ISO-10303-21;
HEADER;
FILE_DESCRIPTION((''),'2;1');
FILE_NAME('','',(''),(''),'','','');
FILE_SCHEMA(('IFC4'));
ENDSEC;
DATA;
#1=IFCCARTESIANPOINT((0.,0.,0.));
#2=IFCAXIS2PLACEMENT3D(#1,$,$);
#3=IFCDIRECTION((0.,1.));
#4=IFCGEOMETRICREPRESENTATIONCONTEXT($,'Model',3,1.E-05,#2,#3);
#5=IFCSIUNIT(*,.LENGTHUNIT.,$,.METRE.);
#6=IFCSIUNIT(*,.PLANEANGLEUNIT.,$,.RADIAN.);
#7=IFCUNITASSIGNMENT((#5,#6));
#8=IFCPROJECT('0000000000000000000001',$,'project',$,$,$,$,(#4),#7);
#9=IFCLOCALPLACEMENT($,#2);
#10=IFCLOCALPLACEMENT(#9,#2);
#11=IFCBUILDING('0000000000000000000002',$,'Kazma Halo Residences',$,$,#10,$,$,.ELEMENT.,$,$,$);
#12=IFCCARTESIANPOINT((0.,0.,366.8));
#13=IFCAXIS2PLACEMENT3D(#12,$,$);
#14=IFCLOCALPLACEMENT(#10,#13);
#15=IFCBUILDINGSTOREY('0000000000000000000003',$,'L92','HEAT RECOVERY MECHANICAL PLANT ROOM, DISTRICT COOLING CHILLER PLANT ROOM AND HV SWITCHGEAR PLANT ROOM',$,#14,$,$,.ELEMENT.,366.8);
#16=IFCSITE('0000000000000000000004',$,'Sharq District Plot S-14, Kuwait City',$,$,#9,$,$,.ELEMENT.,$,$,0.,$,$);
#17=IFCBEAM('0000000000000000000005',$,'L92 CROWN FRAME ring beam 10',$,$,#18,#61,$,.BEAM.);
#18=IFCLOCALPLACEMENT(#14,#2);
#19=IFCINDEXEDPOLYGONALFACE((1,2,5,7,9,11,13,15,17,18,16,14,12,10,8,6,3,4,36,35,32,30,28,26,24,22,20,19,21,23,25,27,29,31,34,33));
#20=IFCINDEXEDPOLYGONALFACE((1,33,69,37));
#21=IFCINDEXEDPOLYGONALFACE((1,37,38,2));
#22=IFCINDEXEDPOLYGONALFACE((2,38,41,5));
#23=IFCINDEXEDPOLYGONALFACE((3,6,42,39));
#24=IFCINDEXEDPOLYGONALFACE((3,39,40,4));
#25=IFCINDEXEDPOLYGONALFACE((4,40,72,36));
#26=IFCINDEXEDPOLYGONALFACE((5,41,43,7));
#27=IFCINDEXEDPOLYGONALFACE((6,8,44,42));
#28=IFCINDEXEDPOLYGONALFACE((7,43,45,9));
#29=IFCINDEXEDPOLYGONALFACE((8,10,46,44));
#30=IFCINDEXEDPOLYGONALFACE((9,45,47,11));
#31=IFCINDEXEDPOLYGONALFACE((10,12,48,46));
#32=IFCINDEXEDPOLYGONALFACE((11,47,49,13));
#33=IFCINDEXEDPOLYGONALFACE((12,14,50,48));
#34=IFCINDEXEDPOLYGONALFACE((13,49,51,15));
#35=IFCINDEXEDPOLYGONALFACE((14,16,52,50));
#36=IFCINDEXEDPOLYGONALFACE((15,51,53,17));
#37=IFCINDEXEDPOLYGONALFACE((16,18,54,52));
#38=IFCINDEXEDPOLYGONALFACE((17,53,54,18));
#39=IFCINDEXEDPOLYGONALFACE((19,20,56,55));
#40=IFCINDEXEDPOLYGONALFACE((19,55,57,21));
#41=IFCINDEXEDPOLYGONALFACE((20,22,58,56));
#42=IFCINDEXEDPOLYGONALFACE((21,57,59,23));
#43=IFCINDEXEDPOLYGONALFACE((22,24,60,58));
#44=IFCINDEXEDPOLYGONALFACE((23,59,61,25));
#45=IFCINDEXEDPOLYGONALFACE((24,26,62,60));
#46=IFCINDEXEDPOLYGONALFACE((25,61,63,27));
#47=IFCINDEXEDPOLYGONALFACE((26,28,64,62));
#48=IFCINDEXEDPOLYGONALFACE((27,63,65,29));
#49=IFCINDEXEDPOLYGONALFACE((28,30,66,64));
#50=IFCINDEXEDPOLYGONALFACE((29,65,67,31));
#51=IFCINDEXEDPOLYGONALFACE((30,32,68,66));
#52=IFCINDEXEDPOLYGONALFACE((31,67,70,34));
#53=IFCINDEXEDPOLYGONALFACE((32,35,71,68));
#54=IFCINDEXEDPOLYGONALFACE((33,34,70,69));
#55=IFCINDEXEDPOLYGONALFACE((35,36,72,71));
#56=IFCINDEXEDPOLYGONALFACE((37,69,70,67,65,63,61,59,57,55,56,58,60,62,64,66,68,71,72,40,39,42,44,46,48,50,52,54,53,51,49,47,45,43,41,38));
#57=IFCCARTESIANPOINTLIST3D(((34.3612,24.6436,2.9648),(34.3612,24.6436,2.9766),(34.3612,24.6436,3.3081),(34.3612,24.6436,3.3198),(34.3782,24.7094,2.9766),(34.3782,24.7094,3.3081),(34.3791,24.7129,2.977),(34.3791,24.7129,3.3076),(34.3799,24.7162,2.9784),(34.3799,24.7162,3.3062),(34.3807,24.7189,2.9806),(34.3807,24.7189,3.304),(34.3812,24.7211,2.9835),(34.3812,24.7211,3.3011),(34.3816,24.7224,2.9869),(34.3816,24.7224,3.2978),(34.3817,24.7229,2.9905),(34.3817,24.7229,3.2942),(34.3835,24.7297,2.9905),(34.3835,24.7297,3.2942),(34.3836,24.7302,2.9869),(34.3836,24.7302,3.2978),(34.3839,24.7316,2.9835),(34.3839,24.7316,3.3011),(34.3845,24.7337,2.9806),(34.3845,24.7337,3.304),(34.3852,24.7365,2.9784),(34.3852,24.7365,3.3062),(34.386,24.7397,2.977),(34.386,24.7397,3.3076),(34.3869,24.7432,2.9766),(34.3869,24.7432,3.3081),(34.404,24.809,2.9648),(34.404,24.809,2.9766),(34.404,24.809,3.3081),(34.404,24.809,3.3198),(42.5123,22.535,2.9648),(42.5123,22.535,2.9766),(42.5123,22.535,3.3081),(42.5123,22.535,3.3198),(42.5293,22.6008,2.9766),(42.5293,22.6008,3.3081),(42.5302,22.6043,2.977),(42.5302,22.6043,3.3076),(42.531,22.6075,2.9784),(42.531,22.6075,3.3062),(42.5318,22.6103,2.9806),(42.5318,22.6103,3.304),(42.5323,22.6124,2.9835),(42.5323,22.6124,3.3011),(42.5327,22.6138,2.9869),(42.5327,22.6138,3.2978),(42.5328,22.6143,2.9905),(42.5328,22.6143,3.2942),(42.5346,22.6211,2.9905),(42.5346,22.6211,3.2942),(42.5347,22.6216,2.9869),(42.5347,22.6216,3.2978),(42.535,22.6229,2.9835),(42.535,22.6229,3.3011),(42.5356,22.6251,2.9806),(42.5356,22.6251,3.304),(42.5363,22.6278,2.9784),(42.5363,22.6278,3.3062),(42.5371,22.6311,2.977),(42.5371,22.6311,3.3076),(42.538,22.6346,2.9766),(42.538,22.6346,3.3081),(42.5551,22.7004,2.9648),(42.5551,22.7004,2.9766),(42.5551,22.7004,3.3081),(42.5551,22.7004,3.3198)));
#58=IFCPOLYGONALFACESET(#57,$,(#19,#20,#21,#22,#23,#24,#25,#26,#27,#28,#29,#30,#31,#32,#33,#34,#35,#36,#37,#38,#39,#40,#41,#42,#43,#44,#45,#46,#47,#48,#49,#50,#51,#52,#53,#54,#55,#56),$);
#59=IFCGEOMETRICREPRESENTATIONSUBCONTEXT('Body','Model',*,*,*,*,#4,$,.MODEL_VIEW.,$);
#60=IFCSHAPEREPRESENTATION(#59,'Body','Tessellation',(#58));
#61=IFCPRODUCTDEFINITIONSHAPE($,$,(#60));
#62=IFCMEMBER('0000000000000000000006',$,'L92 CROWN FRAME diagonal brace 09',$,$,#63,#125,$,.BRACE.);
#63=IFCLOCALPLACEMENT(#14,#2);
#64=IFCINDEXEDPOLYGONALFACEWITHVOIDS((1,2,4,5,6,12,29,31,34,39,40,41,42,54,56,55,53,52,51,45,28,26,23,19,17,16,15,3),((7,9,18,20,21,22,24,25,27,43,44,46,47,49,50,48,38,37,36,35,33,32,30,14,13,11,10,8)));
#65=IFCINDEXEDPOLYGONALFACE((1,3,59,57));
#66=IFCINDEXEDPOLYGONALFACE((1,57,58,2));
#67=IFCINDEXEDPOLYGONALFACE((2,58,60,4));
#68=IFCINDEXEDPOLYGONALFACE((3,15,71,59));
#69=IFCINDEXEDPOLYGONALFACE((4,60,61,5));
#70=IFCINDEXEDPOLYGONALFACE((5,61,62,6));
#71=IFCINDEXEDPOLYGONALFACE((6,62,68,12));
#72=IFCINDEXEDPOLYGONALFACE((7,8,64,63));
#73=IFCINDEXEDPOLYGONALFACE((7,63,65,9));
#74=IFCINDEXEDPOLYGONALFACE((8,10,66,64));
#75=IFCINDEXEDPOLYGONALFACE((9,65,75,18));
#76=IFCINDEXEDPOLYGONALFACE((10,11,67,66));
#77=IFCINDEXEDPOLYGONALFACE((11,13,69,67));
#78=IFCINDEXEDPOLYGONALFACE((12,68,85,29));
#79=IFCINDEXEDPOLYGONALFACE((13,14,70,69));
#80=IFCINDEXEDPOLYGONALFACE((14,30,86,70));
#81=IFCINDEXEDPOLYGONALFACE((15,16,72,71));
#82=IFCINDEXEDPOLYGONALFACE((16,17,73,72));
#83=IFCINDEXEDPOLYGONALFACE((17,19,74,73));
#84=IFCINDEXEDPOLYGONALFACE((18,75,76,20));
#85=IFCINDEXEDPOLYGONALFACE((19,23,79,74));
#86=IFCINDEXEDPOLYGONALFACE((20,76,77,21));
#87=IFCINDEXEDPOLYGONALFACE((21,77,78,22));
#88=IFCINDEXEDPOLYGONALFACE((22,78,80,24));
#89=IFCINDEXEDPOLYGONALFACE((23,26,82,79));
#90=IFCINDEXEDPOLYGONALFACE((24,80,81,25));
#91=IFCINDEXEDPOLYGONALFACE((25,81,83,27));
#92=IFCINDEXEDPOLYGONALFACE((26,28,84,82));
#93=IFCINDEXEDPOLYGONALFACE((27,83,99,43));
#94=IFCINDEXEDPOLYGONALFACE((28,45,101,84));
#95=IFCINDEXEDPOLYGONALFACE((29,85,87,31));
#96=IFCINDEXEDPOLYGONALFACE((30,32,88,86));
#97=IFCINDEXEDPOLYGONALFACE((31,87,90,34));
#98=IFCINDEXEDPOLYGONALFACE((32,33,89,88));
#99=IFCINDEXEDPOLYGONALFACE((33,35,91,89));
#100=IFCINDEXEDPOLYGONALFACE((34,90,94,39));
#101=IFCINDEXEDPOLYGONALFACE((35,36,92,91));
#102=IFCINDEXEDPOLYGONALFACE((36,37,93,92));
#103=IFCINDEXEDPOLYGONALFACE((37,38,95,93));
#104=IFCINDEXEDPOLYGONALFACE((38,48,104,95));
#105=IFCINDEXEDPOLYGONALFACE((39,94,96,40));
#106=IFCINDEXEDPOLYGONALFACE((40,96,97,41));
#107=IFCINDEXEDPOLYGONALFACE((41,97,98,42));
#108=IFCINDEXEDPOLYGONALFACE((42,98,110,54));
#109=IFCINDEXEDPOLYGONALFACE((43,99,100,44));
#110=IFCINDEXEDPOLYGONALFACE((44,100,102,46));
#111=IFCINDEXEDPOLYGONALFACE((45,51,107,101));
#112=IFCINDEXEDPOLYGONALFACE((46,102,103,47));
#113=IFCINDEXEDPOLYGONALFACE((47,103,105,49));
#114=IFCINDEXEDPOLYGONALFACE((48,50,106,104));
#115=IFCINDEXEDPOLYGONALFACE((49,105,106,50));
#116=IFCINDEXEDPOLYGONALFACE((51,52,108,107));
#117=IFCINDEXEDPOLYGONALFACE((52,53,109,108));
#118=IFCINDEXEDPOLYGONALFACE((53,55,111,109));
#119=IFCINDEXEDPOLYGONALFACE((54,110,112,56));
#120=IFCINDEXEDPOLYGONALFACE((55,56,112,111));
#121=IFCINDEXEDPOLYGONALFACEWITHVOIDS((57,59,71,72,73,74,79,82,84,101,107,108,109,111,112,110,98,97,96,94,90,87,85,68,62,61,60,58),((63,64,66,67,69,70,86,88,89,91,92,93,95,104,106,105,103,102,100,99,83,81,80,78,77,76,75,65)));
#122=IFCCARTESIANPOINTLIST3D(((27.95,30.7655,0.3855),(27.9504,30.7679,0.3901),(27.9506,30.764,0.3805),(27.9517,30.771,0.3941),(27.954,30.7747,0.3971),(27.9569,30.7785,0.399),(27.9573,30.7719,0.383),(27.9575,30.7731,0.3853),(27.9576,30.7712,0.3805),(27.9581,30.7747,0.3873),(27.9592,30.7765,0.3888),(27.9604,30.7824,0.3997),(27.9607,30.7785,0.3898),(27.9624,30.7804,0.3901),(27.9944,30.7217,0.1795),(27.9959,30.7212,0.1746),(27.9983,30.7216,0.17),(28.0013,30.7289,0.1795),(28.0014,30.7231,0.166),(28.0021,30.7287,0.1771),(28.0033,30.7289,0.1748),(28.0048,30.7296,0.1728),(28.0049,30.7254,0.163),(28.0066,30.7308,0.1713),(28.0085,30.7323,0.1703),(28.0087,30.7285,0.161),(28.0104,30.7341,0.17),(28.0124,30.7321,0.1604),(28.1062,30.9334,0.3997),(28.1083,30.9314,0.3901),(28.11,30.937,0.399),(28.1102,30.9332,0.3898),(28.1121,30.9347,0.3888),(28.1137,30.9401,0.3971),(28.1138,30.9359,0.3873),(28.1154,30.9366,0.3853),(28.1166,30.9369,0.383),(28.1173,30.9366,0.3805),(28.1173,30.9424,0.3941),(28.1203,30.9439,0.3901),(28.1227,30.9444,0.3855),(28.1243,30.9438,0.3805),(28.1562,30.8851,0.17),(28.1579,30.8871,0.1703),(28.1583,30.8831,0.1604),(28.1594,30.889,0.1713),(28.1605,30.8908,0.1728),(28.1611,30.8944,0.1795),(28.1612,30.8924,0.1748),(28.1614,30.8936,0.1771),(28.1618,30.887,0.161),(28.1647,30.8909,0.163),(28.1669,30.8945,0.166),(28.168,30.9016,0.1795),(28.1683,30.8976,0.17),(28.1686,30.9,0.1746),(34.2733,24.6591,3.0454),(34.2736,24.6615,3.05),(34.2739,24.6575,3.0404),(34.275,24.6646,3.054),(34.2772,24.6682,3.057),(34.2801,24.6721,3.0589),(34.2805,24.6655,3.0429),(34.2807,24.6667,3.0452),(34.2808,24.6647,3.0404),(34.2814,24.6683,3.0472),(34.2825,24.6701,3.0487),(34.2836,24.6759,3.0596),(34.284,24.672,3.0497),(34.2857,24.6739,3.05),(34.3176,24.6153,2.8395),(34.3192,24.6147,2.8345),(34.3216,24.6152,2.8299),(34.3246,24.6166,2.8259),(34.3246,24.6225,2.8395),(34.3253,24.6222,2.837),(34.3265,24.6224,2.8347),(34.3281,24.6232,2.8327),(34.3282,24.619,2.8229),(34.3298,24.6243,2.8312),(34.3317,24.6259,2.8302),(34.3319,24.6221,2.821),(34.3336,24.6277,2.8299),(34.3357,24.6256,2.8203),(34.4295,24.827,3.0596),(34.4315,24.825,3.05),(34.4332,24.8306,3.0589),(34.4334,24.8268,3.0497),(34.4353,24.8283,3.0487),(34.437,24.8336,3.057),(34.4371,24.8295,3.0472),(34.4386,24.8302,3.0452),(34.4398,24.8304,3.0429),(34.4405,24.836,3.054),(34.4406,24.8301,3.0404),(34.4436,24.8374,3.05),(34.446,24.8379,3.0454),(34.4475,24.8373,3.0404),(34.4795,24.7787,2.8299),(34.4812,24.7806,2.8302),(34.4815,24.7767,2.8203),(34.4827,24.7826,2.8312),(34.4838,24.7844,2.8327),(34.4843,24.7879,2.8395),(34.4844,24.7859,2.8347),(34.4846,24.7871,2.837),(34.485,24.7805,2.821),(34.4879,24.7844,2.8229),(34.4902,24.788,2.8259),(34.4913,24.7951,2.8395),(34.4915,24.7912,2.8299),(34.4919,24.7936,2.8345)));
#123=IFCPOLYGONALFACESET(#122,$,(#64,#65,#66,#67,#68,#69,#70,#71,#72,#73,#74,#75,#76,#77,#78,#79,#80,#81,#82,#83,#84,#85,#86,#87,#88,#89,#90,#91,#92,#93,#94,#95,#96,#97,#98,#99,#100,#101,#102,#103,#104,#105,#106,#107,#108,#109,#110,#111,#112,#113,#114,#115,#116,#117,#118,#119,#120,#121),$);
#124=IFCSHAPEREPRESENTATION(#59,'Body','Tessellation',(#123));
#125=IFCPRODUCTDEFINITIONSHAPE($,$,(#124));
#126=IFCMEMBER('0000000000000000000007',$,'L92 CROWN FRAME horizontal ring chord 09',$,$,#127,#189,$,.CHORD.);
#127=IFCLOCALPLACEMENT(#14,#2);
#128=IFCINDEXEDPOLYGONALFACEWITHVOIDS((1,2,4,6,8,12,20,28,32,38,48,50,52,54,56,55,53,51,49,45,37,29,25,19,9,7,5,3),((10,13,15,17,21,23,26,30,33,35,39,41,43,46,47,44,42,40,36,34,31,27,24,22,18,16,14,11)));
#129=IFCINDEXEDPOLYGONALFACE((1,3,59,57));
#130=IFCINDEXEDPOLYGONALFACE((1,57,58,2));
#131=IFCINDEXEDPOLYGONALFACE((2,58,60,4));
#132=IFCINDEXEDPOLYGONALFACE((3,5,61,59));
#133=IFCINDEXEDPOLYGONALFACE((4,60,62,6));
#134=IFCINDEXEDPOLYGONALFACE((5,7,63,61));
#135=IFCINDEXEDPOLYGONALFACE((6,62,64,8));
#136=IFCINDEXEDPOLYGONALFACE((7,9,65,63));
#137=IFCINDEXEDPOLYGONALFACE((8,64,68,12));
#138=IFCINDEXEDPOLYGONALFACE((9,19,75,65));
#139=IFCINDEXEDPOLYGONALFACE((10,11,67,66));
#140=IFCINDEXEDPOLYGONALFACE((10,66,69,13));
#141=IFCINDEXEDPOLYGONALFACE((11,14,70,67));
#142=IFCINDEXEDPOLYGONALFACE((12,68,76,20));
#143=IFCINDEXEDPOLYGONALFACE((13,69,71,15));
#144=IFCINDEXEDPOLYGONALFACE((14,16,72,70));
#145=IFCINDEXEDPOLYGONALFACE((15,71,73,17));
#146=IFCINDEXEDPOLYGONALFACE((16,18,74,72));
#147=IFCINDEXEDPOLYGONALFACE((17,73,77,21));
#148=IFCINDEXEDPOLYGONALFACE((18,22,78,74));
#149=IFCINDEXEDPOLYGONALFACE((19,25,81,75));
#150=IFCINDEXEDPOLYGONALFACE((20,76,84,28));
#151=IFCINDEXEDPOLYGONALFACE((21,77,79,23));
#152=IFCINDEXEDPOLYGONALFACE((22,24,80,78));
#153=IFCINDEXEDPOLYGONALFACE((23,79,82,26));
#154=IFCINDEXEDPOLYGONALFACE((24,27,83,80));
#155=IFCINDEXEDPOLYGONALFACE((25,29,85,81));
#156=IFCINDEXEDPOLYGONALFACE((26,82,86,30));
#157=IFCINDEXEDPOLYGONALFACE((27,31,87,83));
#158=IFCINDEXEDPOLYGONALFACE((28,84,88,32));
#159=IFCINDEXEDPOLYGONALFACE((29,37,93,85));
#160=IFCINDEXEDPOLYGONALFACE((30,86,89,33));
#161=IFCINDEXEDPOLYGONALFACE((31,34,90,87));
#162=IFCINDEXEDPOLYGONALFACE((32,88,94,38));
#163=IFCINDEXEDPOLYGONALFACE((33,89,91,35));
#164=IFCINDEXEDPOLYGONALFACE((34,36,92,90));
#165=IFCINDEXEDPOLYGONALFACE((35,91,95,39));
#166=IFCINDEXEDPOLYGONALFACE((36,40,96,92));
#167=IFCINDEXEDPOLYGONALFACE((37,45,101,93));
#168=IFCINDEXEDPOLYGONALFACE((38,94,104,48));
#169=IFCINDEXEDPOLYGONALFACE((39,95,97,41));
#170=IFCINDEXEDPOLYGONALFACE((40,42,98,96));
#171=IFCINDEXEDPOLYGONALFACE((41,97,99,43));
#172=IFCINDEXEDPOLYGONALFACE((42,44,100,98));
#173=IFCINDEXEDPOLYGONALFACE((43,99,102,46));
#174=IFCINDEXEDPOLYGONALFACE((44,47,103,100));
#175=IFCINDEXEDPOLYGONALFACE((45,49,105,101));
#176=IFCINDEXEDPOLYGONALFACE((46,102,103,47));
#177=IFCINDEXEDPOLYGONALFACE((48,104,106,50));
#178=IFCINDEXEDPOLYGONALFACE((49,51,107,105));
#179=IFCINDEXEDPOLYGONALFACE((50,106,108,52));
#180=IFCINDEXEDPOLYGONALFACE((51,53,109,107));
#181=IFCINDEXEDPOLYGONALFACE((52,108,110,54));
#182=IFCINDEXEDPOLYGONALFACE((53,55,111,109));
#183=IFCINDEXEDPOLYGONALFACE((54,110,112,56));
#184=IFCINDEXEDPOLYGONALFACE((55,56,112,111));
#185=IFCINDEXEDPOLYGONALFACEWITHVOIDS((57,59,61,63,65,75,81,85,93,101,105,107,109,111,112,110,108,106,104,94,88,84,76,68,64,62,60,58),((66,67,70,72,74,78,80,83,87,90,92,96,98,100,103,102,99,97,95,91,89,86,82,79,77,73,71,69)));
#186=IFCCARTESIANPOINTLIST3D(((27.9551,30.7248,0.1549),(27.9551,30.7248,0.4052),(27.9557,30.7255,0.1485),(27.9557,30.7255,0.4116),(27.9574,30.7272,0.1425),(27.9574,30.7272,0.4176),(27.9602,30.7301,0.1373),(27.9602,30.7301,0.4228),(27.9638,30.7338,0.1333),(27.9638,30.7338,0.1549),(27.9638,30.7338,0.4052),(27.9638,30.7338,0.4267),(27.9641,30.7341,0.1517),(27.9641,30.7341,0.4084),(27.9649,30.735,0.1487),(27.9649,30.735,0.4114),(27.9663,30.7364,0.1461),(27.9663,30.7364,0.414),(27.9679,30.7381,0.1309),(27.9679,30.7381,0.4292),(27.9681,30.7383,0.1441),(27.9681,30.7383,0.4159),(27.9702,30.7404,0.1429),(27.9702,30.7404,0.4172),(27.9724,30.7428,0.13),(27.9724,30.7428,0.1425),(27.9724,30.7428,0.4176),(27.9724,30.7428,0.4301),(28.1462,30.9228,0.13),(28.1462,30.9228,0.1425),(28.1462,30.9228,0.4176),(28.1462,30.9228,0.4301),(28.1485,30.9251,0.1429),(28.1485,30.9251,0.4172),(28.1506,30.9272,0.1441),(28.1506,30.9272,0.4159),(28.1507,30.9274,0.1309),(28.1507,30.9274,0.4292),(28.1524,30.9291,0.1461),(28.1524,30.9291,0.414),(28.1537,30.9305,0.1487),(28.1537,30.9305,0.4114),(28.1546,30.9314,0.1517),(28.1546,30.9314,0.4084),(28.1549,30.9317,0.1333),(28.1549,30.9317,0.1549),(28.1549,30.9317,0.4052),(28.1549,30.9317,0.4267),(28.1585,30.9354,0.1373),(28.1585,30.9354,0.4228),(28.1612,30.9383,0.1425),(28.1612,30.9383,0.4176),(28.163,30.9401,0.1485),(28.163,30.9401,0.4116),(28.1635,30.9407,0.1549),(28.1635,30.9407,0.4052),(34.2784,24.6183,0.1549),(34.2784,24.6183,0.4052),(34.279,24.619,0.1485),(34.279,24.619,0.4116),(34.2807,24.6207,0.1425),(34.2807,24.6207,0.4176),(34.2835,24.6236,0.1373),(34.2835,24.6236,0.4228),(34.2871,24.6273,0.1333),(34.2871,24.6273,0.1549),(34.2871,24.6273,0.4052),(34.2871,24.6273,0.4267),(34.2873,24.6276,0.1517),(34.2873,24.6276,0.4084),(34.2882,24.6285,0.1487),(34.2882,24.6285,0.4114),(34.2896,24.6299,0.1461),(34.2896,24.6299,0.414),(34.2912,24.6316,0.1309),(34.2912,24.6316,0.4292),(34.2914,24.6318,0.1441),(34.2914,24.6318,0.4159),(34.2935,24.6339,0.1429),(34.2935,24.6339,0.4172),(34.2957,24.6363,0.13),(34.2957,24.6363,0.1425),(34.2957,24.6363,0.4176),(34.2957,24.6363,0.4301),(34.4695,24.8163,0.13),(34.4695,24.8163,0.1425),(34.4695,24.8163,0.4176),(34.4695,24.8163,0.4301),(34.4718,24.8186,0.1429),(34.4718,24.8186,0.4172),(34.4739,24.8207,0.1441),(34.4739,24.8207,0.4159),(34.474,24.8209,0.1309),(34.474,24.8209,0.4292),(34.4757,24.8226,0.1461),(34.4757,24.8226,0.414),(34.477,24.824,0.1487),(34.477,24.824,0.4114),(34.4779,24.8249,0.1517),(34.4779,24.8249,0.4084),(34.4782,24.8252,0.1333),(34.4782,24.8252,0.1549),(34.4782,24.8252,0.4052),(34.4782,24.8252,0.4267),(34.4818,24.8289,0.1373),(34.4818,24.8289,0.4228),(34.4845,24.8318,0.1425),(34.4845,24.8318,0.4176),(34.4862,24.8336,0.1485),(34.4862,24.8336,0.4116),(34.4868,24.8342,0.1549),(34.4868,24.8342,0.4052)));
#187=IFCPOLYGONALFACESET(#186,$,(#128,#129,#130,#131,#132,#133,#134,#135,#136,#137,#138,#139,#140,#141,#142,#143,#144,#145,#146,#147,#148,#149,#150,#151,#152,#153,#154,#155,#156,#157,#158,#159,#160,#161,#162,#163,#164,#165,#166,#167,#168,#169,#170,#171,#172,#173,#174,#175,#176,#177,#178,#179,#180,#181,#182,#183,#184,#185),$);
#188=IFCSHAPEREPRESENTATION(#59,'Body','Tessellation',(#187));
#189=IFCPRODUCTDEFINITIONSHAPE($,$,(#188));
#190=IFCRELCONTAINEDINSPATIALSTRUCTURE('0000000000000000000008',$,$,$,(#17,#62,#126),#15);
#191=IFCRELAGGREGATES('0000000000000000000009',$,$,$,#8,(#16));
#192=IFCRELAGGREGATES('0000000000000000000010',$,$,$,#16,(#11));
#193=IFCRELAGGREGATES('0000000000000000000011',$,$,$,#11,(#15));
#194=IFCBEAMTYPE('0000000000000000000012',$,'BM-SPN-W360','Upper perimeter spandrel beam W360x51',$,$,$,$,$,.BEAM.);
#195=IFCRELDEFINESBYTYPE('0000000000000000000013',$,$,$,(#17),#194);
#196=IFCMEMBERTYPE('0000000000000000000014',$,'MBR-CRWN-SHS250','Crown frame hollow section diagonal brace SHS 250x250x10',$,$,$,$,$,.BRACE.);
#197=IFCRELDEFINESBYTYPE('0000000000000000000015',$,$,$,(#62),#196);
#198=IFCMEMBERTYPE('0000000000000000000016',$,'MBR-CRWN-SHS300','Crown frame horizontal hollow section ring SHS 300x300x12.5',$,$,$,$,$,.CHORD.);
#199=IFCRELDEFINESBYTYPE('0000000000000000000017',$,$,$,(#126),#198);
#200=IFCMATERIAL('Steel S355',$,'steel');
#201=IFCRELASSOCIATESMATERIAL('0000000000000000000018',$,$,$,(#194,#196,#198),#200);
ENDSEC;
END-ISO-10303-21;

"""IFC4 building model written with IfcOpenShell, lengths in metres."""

from ifc_helpers import new_model, si_unit, direction, frame, origin, origin_2d, place, context, subcontext, project, spatial, hollow_rectangle, i_section, extrude, material, material_profile, profile_set, type_object, element, save


model = new_model("IFC4")

# Units and contexts
model_context = context("Model", 3, precision=1e-05, world=origin(), true_north=direction((0.0, 1.0)))
body_context = subcontext(model_context, "Body", "Model", "MODEL_VIEW")
ifc_project = project(units=[si_unit("LENGTHUNIT", "METRE"), si_unit("PLANEANGLEUNIT", "RADIAN")], contexts=[model_context])

# Site, building, storey
site_placement = place(None, origin())
site = spatial("IfcSite", under=ifc_project, at=site_placement, Name="Sharq District Plot S-14, Kuwait City", CompositionType="ELEMENT", RefElevation=0.0)
building_placement = place(site_placement, origin())
building = spatial("IfcBuilding", under=site, at=building_placement, Name="Kazma Halo Residences", CompositionType="ELEMENT")
storey_placement = place(building_placement, frame((0.0, 0.0, 366.8)))
storey = spatial("IfcBuildingStorey", under=building, at=storey_placement, Name="L92", Description="HEAT RECOVERY MECHANICAL PLANT ROOM, DISTRICT COOLING CHILLER PLANT ROOM AND HV SWITCHGEAR PLANT ROOM", CompositionType="ELEMENT", Elevation=366.8)

# Shared definitions
ifc_material_1 = material(Name="Steel S355", Category="steel")

# Beam
ifc_material_profile_1 = material_profile(ifc_material_1, i_section(OverallWidth=0.1709, OverallDepth=0.355, WebThickness=0.0071, FlangeThickness=0.0117, FilletRadius=0.0139, at=origin_2d()), Name="W360x51")
ifc_profile_set_1 = profile_set([ifc_material_profile_1], Name="Steel S355")
beam_type_1 = type_object("IfcBeamType", Name="BM-SPN-W360", Description="Upper perimeter spandrel beam W360x51", PredefinedType="BEAM", material=ifc_profile_set_1)
beam_1_placement = place(storey_placement, frame((34.3826, 24.7263, 3.1423), z_axis=(0.96813, -0.250449, 0.0), x_axis=(0.250449, 0.96813, 0.0)))
element("IfcBeam", 1, at=beam_1_placement, inside=storey, type_object=beam_type_1, Name="L92 CROWN FRAME ring beam 10", PredefinedType="BEAM", context=body_context, shape_type="SweptSolid", body=[
    extrude(i_section(OverallWidth=0.1709, OverallDepth=0.355, WebThickness=0.0071, FlangeThickness=0.0117, FilletRadius=0.0139, at=origin_2d()), origin(), (0.0, 0.0, 1.0), 8.4194),
])

# Members
ifc_material_profile_2 = material_profile(ifc_material_1, hollow_rectangle(XDim=0.25, YDim=0.25, WallThickness=0.01, InnerFilletRadius=0.01, OuterFilletRadius=0.02, at=origin_2d()), Name="SHS250x250x10")
ifc_profile_set_2 = profile_set([ifc_material_profile_2], Name="Steel S355")
member_type_1 = type_object("IfcMemberType", Name="MBR-CRWN-SHS250", Description="Crown frame hollow section diagonal brace SHS 250x250x10", PredefinedType="BRACE", material=ifc_profile_set_2)
member_1_placement = place(storey_placement, frame((28.0593, 30.8328, 0.28), z_axis=(0.688501, -0.664895, 0.289622), x_axis=(0.694668, 0.719331, 0.0)))
element("IfcMember", 2, at=member_1_placement, inside=storey, type_object=member_type_1, Name="L92 CROWN FRAME diagonal brace 09", PredefinedType="BRACE", context=body_context, shape_type="SweptSolid", body=[
    extrude(hollow_rectangle(XDim=0.25, YDim=0.25, WallThickness=0.01, InnerFilletRadius=0.01, OuterFilletRadius=0.02, at=origin_2d()), origin(), (0.0, 0.0, 1.0), 9.1841),
])
ifc_material_profile_3 = material_profile(ifc_material_1, hollow_rectangle(XDim=0.3, YDim=0.3, WallThickness=0.0125, InnerFilletRadius=0.0125, OuterFilletRadius=0.0249, at=origin_2d()), Name="SHS300x300x12.5")
ifc_profile_set_3 = profile_set([ifc_material_profile_3], Name="Steel S355")
member_type_2 = type_object("IfcMemberType", Name="MBR-CRWN-SHS300", Description="Crown frame horizontal hollow section ring SHS 300x300x12.5", PredefinedType="CHORD", material=ifc_profile_set_3)
member_2_placement = place(storey_placement, frame((28.0593, 30.8328, 0.28), z_axis=(0.719331, -0.694668, 0.0), x_axis=(0.694668, 0.719331, 0.0)))
element("IfcMember", 3, at=member_2_placement, inside=storey, type_object=member_type_2, Name="L92 CROWN FRAME horizontal ring chord 09", PredefinedType="CHORD", context=body_context, shape_type="SweptSolid", body=[
    extrude(hollow_rectangle(XDim=0.3, YDim=0.3, WallThickness=0.0125, InnerFilletRadius=0.0125, OuterFilletRadius=0.0249, at=origin_2d()), origin(), (0.0, 0.0, 1.0), 8.7905),
])

save(model, "model.ifc")
